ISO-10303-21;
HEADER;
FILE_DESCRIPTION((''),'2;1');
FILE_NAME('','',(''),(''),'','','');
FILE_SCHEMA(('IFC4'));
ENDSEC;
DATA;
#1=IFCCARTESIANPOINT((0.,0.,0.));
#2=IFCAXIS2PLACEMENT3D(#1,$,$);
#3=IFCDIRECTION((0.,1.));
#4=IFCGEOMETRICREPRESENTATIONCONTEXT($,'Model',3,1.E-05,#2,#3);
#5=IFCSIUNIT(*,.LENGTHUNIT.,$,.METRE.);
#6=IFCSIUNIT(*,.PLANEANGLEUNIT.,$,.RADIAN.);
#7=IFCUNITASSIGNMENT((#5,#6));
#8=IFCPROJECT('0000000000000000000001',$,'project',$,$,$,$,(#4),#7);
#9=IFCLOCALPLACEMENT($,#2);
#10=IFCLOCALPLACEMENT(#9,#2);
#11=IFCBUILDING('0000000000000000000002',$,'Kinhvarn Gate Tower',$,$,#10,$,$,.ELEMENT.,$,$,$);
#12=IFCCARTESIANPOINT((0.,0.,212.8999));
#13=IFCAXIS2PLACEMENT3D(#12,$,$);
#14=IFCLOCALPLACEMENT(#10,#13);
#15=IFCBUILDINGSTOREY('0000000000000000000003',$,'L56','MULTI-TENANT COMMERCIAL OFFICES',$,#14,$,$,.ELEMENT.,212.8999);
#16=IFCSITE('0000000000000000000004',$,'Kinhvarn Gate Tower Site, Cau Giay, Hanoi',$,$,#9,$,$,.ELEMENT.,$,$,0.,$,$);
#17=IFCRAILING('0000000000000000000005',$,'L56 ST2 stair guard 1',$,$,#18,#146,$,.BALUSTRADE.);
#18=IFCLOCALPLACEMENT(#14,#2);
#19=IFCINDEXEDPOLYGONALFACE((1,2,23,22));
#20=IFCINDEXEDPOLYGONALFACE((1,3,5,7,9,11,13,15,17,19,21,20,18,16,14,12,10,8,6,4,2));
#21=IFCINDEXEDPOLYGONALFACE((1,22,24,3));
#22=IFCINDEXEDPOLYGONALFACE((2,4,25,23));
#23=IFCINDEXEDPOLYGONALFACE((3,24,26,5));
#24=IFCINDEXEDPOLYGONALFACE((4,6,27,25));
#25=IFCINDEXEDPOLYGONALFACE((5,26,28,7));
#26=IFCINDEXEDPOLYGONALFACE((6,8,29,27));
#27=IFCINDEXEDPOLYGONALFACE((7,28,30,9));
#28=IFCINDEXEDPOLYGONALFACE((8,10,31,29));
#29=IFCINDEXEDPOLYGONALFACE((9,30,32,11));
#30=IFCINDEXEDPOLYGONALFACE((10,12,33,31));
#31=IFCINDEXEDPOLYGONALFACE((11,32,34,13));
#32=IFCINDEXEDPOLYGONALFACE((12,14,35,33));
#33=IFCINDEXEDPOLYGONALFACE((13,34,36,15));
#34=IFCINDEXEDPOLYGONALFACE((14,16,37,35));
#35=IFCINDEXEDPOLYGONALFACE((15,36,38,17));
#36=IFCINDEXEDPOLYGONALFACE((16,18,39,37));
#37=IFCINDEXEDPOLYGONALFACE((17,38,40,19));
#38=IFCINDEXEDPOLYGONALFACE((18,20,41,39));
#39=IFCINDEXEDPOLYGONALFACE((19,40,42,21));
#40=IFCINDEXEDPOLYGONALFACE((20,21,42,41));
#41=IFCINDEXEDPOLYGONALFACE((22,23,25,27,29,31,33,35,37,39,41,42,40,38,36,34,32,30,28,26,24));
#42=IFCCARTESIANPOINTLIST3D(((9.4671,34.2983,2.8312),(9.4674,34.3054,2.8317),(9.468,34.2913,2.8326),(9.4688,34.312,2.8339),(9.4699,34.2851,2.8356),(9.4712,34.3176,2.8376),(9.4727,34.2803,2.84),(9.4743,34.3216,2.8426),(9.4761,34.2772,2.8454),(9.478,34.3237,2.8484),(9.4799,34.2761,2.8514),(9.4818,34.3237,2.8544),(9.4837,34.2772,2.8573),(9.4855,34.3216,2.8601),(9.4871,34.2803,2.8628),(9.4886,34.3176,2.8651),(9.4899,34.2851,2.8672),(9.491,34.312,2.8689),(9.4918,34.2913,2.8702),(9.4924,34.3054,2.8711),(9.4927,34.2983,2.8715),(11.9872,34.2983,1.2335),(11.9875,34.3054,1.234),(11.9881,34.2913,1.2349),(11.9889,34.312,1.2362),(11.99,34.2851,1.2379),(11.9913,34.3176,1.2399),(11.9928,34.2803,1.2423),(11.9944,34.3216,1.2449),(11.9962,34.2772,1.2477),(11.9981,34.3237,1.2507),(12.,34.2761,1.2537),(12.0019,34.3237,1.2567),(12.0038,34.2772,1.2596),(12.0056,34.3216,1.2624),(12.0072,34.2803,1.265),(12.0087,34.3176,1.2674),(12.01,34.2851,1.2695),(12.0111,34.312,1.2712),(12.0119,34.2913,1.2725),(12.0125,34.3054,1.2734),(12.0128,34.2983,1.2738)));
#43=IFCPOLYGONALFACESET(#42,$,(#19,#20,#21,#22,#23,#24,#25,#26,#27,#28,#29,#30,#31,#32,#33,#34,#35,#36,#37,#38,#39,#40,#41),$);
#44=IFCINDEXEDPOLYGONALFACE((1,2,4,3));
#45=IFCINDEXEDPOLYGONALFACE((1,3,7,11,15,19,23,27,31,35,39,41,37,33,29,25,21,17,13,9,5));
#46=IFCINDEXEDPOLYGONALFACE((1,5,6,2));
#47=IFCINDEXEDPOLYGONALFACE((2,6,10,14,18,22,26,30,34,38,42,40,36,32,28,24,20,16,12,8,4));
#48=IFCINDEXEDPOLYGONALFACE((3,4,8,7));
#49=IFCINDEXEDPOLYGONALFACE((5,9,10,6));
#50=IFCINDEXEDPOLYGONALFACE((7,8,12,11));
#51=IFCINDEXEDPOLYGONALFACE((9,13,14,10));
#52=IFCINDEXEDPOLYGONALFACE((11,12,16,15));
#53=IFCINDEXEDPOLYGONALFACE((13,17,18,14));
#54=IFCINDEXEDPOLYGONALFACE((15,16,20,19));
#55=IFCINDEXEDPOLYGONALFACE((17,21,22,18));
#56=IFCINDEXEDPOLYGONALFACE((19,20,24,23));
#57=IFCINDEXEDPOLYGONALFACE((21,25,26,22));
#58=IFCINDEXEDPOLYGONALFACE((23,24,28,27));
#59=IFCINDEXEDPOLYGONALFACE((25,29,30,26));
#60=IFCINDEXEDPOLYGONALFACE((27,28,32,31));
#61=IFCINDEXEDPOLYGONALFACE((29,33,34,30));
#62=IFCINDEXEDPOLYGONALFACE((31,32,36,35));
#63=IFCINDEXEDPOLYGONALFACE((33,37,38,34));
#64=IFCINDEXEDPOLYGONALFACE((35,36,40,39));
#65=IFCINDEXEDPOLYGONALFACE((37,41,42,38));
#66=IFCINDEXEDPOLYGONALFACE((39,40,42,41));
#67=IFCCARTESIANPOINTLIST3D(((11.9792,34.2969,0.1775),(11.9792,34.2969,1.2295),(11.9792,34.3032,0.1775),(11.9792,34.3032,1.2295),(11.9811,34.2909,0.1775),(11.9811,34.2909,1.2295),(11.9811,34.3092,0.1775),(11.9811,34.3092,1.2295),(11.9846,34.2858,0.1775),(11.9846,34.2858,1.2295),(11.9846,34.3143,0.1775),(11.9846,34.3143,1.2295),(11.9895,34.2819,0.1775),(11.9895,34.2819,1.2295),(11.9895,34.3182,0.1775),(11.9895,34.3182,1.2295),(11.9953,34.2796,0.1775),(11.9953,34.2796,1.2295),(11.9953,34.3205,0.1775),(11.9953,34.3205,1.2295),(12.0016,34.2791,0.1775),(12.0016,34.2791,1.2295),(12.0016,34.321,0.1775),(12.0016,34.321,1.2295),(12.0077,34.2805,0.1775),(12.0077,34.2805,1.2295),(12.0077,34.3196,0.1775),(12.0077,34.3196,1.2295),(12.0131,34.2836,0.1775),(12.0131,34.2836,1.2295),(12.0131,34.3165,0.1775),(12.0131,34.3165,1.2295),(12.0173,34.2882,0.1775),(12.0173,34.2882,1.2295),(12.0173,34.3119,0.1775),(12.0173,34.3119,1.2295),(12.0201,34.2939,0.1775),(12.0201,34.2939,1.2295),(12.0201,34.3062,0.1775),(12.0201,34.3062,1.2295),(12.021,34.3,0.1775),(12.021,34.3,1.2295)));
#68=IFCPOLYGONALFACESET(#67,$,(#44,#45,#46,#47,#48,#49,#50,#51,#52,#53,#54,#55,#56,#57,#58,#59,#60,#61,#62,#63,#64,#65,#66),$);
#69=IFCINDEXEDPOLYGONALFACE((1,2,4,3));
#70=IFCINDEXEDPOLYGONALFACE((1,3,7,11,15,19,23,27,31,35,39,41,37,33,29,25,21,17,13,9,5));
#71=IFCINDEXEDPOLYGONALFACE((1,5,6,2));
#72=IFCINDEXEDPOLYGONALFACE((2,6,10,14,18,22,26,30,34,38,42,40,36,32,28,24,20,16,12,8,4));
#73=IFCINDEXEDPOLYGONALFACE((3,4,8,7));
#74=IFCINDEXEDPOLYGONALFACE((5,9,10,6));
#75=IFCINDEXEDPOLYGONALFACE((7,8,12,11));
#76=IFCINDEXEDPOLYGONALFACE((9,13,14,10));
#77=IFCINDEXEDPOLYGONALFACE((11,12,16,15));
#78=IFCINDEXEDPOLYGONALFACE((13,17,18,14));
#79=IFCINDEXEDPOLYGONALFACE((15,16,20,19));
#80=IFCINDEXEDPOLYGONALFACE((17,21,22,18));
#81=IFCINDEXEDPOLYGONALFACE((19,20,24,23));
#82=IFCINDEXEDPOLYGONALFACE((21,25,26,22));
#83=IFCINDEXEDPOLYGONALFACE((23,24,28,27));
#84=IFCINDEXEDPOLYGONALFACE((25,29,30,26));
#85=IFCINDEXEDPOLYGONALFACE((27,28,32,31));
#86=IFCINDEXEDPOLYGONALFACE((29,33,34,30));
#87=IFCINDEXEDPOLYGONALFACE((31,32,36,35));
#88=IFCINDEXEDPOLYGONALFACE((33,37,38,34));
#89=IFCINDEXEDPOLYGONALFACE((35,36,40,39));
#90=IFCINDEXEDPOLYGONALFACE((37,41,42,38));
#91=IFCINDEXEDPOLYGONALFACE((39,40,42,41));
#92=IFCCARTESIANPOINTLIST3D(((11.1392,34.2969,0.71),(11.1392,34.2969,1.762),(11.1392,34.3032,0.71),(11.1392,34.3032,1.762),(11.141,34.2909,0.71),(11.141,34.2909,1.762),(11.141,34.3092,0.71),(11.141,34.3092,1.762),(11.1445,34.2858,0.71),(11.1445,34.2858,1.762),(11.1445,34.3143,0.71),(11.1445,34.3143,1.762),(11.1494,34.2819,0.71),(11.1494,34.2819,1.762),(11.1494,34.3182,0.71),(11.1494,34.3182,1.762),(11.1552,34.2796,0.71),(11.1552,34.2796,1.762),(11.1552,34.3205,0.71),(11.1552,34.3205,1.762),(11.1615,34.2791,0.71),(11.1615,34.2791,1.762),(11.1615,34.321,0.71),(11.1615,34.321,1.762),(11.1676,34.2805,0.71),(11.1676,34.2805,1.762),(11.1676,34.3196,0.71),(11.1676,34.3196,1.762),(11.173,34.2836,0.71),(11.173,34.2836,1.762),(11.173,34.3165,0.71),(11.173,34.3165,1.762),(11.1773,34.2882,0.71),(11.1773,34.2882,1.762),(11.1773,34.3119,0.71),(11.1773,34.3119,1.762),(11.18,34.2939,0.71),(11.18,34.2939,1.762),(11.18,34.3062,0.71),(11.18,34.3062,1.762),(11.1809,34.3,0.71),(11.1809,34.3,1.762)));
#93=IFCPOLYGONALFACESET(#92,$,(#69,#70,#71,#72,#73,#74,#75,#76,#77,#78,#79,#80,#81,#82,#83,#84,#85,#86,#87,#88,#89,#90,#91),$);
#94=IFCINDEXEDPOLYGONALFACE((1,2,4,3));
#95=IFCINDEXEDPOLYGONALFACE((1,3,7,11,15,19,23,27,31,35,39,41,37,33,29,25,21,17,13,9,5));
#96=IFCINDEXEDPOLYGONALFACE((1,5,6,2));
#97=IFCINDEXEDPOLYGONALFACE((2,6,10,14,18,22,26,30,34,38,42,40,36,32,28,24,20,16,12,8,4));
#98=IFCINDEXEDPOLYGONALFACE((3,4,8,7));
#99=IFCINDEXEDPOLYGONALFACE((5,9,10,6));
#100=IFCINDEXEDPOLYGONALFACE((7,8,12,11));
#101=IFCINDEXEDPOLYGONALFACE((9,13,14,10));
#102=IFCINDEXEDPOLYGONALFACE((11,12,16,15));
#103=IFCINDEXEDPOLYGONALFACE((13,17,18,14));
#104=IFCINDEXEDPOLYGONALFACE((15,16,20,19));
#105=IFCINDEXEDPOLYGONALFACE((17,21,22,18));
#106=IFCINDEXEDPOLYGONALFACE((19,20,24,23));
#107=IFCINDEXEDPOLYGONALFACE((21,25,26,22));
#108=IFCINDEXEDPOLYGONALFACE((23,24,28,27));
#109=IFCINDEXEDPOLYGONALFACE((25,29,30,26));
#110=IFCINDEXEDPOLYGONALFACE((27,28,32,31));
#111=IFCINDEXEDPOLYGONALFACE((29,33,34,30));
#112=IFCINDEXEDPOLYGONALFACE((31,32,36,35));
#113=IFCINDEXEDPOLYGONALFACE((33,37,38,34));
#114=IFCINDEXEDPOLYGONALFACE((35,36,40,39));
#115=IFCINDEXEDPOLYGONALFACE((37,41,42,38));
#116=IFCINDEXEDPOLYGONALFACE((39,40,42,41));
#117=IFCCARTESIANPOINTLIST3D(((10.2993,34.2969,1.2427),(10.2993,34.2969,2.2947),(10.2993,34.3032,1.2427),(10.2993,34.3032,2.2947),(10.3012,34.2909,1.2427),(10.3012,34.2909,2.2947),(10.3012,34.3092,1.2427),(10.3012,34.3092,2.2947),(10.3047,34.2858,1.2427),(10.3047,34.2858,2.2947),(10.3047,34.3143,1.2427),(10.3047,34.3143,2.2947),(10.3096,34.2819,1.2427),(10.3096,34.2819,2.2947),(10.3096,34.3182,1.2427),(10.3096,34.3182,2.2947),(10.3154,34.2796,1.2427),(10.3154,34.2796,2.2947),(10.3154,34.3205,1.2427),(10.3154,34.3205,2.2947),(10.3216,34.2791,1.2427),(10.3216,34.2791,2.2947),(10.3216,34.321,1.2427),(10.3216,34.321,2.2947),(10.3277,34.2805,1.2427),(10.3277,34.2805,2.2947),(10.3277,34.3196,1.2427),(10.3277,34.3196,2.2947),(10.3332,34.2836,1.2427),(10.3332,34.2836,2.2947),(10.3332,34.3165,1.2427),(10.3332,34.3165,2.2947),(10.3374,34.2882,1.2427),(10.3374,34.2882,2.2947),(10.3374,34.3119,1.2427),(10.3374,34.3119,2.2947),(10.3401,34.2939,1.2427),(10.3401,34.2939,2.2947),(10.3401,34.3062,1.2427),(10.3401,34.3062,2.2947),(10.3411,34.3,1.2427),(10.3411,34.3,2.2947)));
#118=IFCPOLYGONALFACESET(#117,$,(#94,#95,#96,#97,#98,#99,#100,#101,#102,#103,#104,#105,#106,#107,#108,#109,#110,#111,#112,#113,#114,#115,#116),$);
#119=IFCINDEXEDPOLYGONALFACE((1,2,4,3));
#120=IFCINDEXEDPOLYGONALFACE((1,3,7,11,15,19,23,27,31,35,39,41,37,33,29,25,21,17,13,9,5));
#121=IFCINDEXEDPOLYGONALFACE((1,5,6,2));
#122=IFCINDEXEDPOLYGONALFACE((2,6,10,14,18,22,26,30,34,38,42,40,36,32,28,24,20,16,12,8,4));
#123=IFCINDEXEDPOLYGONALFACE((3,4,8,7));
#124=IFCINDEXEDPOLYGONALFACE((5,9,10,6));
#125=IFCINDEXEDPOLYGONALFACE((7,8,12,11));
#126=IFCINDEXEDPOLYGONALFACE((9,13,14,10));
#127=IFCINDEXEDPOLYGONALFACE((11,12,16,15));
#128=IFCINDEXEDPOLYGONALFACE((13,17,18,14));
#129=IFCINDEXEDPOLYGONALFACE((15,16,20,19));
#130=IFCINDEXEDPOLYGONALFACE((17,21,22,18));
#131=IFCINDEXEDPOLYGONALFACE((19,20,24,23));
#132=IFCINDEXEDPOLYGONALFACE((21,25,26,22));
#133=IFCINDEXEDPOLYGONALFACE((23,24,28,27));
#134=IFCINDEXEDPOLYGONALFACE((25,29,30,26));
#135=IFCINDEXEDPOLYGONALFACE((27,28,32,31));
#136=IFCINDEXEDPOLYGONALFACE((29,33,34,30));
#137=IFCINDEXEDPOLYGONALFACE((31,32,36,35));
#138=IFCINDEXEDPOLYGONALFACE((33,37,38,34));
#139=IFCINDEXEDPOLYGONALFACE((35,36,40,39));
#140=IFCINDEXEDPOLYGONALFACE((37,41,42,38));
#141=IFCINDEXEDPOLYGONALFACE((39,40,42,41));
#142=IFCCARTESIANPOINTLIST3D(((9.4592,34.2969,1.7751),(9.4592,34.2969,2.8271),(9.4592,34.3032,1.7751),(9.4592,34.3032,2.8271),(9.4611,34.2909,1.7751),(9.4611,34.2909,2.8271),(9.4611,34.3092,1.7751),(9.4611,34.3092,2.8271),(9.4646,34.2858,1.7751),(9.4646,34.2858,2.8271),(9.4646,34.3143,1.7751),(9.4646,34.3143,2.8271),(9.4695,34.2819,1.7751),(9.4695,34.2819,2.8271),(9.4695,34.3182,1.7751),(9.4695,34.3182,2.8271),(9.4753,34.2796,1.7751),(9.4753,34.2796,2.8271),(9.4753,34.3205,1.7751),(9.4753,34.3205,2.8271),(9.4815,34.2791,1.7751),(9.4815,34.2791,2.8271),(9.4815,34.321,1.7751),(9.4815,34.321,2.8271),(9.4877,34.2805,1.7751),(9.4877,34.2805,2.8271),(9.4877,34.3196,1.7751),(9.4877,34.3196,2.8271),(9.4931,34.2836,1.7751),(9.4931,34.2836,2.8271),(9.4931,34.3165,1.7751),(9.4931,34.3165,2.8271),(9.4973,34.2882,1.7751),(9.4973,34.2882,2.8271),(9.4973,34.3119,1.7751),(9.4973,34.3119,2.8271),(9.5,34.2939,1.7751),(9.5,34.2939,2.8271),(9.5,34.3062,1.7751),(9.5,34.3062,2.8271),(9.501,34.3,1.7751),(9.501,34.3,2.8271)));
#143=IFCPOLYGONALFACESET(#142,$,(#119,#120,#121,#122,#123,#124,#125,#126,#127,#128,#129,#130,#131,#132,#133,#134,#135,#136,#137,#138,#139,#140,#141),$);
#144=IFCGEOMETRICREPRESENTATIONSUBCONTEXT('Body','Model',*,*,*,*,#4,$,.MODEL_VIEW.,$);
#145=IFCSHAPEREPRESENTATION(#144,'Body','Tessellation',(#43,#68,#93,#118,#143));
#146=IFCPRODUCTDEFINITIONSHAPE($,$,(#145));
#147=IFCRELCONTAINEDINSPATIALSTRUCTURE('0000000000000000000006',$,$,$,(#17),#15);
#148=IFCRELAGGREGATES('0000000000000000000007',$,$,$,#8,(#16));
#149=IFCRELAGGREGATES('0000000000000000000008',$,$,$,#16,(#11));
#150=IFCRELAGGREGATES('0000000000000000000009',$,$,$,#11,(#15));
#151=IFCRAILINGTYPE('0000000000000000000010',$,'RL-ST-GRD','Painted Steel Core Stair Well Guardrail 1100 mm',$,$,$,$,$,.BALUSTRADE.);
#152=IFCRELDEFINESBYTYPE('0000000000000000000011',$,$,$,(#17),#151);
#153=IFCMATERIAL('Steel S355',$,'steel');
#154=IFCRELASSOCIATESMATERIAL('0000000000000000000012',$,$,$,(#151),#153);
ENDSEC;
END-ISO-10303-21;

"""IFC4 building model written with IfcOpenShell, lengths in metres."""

from ifc_helpers import new_model, si_unit, direction, frame, origin, origin_2d, place, context, subcontext, project, spatial, circle, extrude, material, type_object, element, save


model = new_model("IFC4")

# Units and contexts
model_context = context("Model", 3, precision=1e-05, world=origin(), true_north=direction((0.0, 1.0)))
body_context = subcontext(model_context, "Body", "Model", "MODEL_VIEW")
ifc_project = project(units=[si_unit("LENGTHUNIT", "METRE"), si_unit("PLANEANGLEUNIT", "RADIAN")], contexts=[model_context])

# Site, building, storey
site_placement = place(None, origin())
site = spatial("IfcSite", under=ifc_project, at=site_placement, Name="Kinhvarn Gate Tower Site, Cau Giay, Hanoi", CompositionType="ELEMENT", RefElevation=0.0)
building_placement = place(site_placement, origin())
building = spatial("IfcBuilding", under=site, at=building_placement, Name="Kinhvarn Gate Tower", CompositionType="ELEMENT")
storey_placement = place(building_placement, frame((0.0, 0.0, 212.8999)))
storey = spatial("IfcBuildingStorey", under=building, at=storey_placement, Name="L56", Description="MULTI-TENANT COMMERCIAL OFFICES", CompositionType="ELEMENT", Elevation=212.8999)

# Shared definitions
ifc_material_1 = material(Name="Steel S355", Category="steel")

# Railing
railing_type_1 = type_object("IfcRailingType", Name="RL-ST-GRD", Description="Painted Steel Core Stair Well Guardrail 1100 mm", PredefinedType="BALUSTRADE", material=ifc_material_1)
railing_1_placement = place(storey_placement, frame((12.0, 34.3, 0.1775)))
element("IfcRailing", 1, at=railing_1_placement, inside=storey, type_object=railing_type_1, Name="L56 ST2 stair guard 1", PredefinedType="BALUSTRADE", context=body_context, shape_type="SweptSolid", body=[
    extrude(circle(Radius=0.0239, at=origin_2d()), frame((0.0, 0.0, 1.0762), z_axis=(-0.84457, 0.0, 0.535445), x_axis=(0.0, -1.0, 0.0)), (0.0, 0.0, 1.0), 2.9839),
    extrude(circle(Radius=0.021, at=origin_2d()), origin(), (0.0, 0.0, 1.0), 1.052),
    extrude(circle(Radius=0.021, at=origin_2d()), frame((-0.8401, 0.0, 0.5325)), (0.0, 0.0, 1.0), 1.052),
    extrude(circle(Radius=0.021, at=origin_2d()), frame((-1.6799, 0.0, 1.0652)), (0.0, 0.0, 1.0), 1.052),
    extrude(circle(Radius=0.021, at=origin_2d()), frame((-2.52, 0.0, 1.5977)), (0.0, 0.0, 1.0), 1.052),
])

save(model, "model.ifc")
